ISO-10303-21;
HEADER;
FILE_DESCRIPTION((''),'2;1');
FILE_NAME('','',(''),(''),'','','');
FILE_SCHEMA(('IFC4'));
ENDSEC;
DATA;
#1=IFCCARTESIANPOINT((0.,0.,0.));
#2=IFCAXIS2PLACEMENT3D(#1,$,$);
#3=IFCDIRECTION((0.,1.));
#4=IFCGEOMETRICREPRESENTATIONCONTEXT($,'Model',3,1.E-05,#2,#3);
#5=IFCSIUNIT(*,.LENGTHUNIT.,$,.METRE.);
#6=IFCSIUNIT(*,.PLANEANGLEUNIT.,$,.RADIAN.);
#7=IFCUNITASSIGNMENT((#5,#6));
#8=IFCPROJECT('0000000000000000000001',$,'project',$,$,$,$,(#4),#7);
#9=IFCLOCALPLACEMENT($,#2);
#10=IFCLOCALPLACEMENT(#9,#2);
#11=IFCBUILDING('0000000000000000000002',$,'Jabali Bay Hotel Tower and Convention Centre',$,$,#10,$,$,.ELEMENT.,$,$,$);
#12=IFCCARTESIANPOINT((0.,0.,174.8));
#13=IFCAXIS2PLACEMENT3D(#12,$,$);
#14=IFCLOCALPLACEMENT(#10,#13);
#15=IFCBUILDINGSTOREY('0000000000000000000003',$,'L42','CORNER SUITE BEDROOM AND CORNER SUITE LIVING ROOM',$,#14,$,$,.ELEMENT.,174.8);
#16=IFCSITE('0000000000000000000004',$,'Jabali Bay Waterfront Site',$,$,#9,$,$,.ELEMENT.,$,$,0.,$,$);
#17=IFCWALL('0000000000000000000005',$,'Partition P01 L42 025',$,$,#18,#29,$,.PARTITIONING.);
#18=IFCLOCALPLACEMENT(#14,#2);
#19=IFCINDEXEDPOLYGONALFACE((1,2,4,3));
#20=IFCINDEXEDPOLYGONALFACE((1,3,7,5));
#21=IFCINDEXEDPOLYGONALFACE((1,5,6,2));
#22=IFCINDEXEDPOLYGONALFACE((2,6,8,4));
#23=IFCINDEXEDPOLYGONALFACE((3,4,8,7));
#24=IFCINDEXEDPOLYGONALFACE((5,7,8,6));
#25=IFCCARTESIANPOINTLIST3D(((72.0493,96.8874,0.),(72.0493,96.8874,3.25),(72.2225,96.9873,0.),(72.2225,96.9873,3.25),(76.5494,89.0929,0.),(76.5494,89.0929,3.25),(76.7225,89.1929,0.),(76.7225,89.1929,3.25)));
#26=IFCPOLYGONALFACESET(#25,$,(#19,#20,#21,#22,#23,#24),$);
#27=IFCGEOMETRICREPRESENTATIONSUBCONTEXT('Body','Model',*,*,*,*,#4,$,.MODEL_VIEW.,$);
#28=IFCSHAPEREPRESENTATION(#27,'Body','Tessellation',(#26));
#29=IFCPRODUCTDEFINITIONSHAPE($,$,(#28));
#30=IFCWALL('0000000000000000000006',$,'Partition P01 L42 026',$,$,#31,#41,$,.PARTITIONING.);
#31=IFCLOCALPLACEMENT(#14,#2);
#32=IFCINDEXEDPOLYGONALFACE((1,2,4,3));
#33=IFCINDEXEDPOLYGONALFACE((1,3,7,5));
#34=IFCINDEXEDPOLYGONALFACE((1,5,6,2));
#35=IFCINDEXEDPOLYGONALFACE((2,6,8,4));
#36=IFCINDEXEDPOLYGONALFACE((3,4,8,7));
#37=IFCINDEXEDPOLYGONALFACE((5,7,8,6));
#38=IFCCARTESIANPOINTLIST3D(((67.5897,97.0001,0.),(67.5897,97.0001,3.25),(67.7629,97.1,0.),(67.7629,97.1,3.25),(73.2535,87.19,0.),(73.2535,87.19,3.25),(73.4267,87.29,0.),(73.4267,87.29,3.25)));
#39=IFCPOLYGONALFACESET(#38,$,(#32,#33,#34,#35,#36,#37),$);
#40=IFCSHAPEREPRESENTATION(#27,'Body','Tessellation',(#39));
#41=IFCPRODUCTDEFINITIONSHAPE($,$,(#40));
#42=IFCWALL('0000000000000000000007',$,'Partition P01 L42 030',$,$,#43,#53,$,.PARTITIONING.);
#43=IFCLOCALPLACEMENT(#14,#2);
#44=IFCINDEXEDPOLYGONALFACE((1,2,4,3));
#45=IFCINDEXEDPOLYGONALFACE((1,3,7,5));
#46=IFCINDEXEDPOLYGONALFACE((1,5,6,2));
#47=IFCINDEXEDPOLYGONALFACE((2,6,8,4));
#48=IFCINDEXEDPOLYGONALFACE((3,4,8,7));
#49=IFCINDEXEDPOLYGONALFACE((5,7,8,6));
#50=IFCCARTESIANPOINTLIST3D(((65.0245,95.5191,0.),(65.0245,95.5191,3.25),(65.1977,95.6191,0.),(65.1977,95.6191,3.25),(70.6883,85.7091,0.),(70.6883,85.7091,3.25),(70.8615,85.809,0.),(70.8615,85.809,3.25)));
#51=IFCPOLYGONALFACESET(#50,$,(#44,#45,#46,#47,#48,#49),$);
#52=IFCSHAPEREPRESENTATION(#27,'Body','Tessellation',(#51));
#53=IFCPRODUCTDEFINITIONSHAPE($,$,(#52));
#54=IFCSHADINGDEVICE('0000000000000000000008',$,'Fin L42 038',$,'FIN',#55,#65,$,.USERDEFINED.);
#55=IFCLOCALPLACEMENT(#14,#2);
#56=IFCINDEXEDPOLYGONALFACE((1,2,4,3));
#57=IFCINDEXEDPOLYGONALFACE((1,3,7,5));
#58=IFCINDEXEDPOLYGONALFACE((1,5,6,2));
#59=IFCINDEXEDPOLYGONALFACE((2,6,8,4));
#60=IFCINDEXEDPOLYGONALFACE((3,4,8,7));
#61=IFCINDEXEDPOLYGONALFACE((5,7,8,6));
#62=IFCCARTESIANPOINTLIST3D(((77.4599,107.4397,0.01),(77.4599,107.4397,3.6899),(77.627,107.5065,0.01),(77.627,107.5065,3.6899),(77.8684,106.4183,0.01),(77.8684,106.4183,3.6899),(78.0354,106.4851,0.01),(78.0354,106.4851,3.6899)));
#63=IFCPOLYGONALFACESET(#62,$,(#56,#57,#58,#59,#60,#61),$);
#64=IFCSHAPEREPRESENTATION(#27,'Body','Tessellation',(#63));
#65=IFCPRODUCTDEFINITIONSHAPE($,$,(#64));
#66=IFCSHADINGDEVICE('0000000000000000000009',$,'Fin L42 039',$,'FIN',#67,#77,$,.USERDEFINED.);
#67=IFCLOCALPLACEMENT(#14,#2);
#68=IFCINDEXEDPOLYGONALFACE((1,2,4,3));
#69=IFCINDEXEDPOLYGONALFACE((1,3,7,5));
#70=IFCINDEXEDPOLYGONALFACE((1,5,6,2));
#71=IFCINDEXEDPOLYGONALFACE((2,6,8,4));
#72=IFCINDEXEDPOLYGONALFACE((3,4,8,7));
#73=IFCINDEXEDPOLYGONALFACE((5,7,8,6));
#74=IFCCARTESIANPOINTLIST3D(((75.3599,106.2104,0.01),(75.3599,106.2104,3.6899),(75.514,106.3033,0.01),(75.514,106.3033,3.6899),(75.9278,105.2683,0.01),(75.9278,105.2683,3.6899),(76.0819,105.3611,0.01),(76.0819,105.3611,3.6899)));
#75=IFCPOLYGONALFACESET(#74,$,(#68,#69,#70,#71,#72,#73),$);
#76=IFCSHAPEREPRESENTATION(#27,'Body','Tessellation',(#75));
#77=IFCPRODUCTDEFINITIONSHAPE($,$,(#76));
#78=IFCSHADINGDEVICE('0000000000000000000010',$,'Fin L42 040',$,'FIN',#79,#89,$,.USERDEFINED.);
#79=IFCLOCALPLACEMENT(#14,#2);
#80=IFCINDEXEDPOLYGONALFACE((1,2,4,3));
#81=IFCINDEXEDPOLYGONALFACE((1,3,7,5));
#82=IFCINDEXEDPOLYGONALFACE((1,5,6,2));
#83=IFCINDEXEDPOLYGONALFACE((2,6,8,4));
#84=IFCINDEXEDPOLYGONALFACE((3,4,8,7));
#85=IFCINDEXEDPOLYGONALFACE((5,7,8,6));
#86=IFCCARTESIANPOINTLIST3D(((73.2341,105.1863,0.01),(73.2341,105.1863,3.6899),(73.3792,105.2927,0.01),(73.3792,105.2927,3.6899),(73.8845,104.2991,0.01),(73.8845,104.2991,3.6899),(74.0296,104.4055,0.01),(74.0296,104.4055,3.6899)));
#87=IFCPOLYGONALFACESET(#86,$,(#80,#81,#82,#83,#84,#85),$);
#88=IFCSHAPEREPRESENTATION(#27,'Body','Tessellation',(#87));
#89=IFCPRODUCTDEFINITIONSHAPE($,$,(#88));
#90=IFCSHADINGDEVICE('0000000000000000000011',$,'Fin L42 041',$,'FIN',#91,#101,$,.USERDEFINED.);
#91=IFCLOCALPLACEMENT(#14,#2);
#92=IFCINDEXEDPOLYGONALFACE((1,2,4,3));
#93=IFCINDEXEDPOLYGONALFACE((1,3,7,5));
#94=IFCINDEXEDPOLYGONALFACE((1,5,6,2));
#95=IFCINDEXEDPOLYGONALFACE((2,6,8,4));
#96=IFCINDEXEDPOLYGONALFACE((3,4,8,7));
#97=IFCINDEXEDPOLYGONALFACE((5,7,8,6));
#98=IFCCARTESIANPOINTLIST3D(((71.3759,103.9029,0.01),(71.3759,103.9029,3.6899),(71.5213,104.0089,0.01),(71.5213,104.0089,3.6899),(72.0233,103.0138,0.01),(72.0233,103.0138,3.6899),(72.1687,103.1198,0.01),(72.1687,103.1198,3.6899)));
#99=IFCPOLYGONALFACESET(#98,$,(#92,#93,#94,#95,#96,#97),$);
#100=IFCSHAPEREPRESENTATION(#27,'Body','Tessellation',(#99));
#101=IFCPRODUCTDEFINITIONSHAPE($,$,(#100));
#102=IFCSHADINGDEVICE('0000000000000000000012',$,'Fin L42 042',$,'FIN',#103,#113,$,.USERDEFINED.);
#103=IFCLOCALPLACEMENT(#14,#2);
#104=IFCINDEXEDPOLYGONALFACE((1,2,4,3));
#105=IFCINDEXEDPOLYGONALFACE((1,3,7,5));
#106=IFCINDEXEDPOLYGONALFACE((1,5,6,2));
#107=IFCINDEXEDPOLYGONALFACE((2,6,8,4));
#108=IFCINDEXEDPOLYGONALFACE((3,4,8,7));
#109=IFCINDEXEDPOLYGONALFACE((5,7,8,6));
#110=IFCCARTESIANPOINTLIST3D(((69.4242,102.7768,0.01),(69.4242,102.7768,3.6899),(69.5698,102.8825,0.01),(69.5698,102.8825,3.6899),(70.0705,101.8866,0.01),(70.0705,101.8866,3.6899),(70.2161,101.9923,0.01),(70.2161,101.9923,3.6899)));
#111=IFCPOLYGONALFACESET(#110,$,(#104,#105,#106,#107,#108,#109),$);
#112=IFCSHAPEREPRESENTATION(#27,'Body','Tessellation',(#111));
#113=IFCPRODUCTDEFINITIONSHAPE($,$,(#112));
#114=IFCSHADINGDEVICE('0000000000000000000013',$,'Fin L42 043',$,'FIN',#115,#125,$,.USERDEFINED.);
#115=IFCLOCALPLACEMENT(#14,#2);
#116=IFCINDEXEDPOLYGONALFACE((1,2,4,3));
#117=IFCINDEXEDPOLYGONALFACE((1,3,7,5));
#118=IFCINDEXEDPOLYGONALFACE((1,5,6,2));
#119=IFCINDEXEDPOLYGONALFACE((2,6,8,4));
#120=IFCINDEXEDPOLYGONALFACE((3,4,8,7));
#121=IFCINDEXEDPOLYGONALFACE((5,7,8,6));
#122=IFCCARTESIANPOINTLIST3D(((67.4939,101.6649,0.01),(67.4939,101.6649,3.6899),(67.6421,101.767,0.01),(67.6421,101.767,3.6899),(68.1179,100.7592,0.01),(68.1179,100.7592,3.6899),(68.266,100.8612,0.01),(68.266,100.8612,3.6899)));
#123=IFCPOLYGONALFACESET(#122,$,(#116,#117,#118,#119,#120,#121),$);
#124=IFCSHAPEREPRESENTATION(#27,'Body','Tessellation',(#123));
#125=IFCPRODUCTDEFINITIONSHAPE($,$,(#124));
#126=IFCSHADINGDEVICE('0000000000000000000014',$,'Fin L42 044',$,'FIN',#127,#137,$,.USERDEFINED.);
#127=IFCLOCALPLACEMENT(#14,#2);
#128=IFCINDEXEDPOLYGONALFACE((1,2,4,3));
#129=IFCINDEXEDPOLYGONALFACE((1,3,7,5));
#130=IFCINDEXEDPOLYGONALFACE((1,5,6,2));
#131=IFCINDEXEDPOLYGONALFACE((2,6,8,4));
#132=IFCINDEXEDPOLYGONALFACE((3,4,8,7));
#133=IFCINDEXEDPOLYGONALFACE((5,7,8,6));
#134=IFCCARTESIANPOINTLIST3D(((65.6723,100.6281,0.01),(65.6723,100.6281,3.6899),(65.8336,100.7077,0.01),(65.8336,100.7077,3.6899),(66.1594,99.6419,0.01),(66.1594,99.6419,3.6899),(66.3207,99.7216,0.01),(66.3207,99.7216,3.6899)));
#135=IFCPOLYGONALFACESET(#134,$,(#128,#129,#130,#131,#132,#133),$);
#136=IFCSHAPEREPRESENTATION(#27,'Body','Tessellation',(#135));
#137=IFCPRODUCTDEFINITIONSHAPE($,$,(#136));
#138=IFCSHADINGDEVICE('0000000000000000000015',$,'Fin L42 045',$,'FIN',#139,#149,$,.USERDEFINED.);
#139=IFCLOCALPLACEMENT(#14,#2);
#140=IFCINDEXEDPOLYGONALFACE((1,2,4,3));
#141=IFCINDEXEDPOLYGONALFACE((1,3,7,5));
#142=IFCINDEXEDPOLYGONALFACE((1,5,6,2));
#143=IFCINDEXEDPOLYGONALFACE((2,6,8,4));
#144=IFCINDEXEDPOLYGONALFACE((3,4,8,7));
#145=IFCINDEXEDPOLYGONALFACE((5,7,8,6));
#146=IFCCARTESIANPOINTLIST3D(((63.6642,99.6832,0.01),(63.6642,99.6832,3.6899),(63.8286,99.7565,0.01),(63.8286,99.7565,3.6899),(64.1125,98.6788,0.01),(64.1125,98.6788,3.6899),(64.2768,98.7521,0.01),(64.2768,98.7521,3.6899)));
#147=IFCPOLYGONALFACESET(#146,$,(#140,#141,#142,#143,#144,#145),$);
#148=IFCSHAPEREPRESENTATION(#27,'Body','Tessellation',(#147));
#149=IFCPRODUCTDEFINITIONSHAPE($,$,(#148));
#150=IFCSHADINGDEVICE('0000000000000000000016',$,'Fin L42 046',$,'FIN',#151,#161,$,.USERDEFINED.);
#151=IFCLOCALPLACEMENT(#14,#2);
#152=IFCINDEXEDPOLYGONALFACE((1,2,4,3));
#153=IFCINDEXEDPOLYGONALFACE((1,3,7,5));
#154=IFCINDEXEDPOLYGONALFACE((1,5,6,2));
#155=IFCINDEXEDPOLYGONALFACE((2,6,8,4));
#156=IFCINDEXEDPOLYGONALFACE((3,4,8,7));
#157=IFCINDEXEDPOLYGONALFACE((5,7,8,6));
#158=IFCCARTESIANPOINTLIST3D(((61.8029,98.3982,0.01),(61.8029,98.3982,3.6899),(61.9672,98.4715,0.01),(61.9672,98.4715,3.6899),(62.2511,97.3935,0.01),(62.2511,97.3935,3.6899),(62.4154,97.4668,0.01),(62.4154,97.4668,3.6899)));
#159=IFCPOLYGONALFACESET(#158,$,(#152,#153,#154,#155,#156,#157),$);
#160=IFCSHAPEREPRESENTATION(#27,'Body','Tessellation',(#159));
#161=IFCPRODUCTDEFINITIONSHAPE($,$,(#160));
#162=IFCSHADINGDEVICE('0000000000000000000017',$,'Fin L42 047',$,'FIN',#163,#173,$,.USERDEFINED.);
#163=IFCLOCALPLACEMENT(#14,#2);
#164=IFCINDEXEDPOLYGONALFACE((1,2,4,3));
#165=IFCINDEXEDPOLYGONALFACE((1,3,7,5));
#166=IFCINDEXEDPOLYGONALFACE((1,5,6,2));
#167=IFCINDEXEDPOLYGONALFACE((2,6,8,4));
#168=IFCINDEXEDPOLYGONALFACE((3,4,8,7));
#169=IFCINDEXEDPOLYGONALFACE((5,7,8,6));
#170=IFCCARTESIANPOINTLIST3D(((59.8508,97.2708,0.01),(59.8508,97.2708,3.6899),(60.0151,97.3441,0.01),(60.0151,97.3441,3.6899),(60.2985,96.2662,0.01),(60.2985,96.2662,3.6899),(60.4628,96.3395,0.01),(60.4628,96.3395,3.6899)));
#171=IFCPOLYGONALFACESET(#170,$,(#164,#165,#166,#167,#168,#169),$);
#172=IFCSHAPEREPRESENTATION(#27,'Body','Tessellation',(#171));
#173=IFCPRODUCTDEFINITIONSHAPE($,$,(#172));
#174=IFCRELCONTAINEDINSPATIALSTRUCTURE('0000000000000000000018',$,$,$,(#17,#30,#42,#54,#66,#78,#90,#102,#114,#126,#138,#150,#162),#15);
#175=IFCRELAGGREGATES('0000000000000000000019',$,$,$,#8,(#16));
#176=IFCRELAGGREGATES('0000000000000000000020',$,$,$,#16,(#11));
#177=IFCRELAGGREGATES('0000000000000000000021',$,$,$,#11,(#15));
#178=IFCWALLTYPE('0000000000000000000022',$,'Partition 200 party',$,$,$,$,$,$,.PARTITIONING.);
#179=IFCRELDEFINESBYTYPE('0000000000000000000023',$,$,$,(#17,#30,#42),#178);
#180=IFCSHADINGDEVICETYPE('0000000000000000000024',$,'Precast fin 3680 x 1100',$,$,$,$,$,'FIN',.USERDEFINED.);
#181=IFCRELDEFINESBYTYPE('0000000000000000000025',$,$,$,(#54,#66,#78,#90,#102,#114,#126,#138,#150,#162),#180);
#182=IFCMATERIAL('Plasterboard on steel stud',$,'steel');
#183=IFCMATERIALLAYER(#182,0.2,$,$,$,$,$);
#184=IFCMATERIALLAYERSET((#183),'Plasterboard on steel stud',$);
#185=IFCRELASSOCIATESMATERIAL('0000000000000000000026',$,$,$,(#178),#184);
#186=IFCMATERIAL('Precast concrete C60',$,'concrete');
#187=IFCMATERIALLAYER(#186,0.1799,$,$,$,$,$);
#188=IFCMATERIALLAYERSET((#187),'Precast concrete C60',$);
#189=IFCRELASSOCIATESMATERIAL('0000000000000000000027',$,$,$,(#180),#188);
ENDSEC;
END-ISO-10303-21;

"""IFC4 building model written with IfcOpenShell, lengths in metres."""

from ifc_helpers import new_model, si_unit, direction, frame, frame_2d, origin, place, context, subcontext, project, spatial, rectangle, extrude, material, layer, layer_set, type_object, element, save


model = new_model("IFC4")

# Units and contexts
model_context = context("Model", 3, precision=1e-05, world=origin(), true_north=direction((0.0, 1.0)))
body_context = subcontext(model_context, "Body", "Model", "MODEL_VIEW")
ifc_project = project(units=[si_unit("LENGTHUNIT", "METRE"), si_unit("PLANEANGLEUNIT", "RADIAN")], contexts=[model_context])

# Site, building, storey
site_placement = place(None, origin())
site = spatial("IfcSite", under=ifc_project, at=site_placement, Name="Jabali Bay Waterfront Site", CompositionType="ELEMENT", RefElevation=0.0)
building_placement = place(site_placement, origin())
building = spatial("IfcBuilding", under=site, at=building_placement, Name="Jabali Bay Hotel Tower and Convention Centre", CompositionType="ELEMENT")
storey_placement = place(building_placement, frame((0.0, 0.0, 174.8)))
storey = spatial("IfcBuildingStorey", under=building, at=storey_placement, Name="L42", Description="CORNER SUITE BEDROOM AND CORNER SUITE LIVING ROOM", CompositionType="ELEMENT", Elevation=174.8)

# Shared definitions
ifc_material_1 = material(Name="Plasterboard on steel stud", Category="steel")

# Walls
ifc_layer_1 = layer(ifc_material_1, 0.2)
ifc_layer_set_1 = layer_set([ifc_layer_1], Name="Plasterboard on steel stud")
wall_type_1 = type_object("IfcWallType", Name="Partition 200 party", PredefinedType="PARTITIONING", material=ifc_layer_set_1)
wall_1_placement = place(storey_placement, frame((72.136, 96.9373, 0.0), z_axis=(0.0, 0.0, 1.0), x_axis=(0.49999, -0.866031, 0.0)))
element("IfcWall", 1, at=wall_1_placement, inside=storey, type_object=wall_type_1, Name="Partition P01 L42 025", PredefinedType="PARTITIONING", context=body_context, shape_type="SweptSolid", body=[
    extrude(rectangle(XDim=9.0002, YDim=0.2, at=frame_2d((4.5, 0.0))), origin(), (0.0, 0.0, 1.0), 3.25),
])
for number, where, z_axis, x_axis, name in (
    (2, (67.6763, 97.05, 0.0), (0.0, 0.0, 1.0), (0.499999, -0.866026, 0.0), "Partition P01 L42 026"),
    (3, (65.1111, 95.5691, 0.0), (0.0, 0.0, 1.0), (0.499999, -0.866026, 0.0), "Partition P01 L42 030"),
):
    element("IfcWall", number, at=place(storey_placement, frame(where, z_axis=z_axis, x_axis=x_axis)), inside=storey, type_object=wall_type_1, Name=name, PredefinedType="PARTITIONING", context=body_context, shape_type="SweptSolid", body=[
        extrude(rectangle(XDim=11.3276, YDim=0.2, at=frame_2d((5.6638, 0.0))), origin(), (0.0, 0.0, 1.0), 3.25),
    ])

# Shading devices
ifc_material_2 = material(Name="Precast concrete C60", Category="concrete")
ifc_layer_2 = layer(ifc_material_2, 0.1799)
ifc_layer_set_2 = layer_set([ifc_layer_2], Name="Precast concrete C60")
shading_device_type = type_object("IfcShadingDeviceType", Name="Precast fin 3680 x 1100", ElementType="FIN", PredefinedType="USERDEFINED", material=ifc_layer_set_2)
for number, where, z_axis, x_axis, name in (
    (4, (77.9519, 106.4517, 0.01), (0.0, 0.0, 1.0), (-0.371276, 0.928523, 0.0), "Fin L42 038"),
    (5, (76.0049, 105.3147, 0.01), (0.0, 0.0, 1.0), (-0.516225, 0.856453, 0.0), "Fin L42 039"),
    (6, (73.957, 104.3523, 0.01), (0.0, 0.0, 1.0), (-0.591229, 0.806504, 0.0), "Fin L42 040"),
):
    element("IfcShadingDevice", number, at=place(storey_placement, frame(where, z_axis=z_axis, x_axis=x_axis)), inside=storey, type_object=shading_device_type, Name=name, ObjectType="FIN", PredefinedType="USERDEFINED", context=body_context, shape_type="SweptSolid", body=[
        extrude(rectangle(XDim=1.1001, YDim=0.1799, at=frame_2d((0.55, 0.0))), origin(), (0.0, 0.0, 1.0), 3.6799),
    ])
shading_device_1_placement = place(storey_placement, frame((72.0959, 103.0669, 0.01), z_axis=(0.0, 0.0, 1.0), x_axis=(-0.588647, 0.80839, 0.0)))
element("IfcShadingDevice", 7, at=shading_device_1_placement, inside=storey, type_object=shading_device_type, Name="Fin L42 041", ObjectType="FIN", PredefinedType="USERDEFINED", context=body_context, shape_type="SweptSolid", body=[
    extrude(rectangle(XDim=1.0999, YDim=0.1799, at=frame_2d((0.5498, 0.0))), origin(), (0.0, 0.0, 1.0), 3.6799),
])
shading_device_2_placement = place(storey_placement, frame((70.1433, 101.9395, 0.01), z_axis=(0.0, 0.0, 1.0), x_axis=(-0.587498, 0.809225, 0.0)))
element("IfcShadingDevice", 8, at=shading_device_2_placement, inside=storey, type_object=shading_device_type, Name="Fin L42 042", ObjectType="FIN", PredefinedType="USERDEFINED", context=body_context, shape_type="SweptSolid", body=[
    extrude(rectangle(XDim=1.1001, YDim=0.1799, at=frame_2d((0.55, 0.0))), origin(), (0.0, 0.0, 1.0), 3.6799),
])
for number, where, z_axis, x_axis, name in (
    (9, (68.1919, 100.8103, 0.01), (0.0, 0.0, 1.0), (-0.567339, 0.823485, 0.0), "Fin L42 043"),
    (10, (66.24, 99.6819, 0.01), (0.0, 0.0, 1.0), (-0.442857, 0.896592, 0.0), "Fin L42 044"),
    (11, (64.1946, 98.7156, 0.01), (0.0, 0.0, 1.0), (-0.407538, 0.913188, 0.0), "Fin L42 045"),
):
    element("IfcShadingDevice", number, at=place(storey_placement, frame(where, z_axis=z_axis, x_axis=x_axis)), inside=storey, type_object=shading_device_type, Name=name, ObjectType="FIN", PredefinedType="USERDEFINED", context=body_context, shape_type="SweptSolid", body=[
        extrude(rectangle(XDim=1.0999, YDim=0.1799, at=frame_2d((0.5498, 0.0))), origin(), (0.0, 0.0, 1.0), 3.6799),
    ])
shading_device_3_placement = place(storey_placement, frame((62.3333, 97.4302, 0.01), z_axis=(0.0, 0.0, 1.0), x_axis=(-0.407456, 0.913225, 0.0)))
element("IfcShadingDevice", 12, at=shading_device_3_placement, inside=storey, type_object=shading_device_type, Name="Fin L42 046", ObjectType="FIN", PredefinedType="USERDEFINED", context=body_context, shape_type="SweptSolid", body=[
    extrude(rectangle(XDim=1.1001, YDim=0.1799, at=frame_2d((0.55, 0.0))), origin(), (0.0, 0.0, 1.0), 3.6799),
])
shading_device_4_placement = place(storey_placement, frame((60.3806, 96.303, 0.01), z_axis=(0.0, 0.0, 1.0), x_axis=(-0.407086, 0.91339, 0.0)))
element("IfcShadingDevice", 13, at=shading_device_4_placement, inside=storey, type_object=shading_device_type, Name="Fin L42 047", ObjectType="FIN", PredefinedType="USERDEFINED", context=body_context, shape_type="SweptSolid", body=[
    extrude(rectangle(XDim=1.0999, YDim=0.1799, at=frame_2d((0.5498, 0.0))), origin(), (0.0, 0.0, 1.0), 3.6799),
])

save(model, "model.ifc")
